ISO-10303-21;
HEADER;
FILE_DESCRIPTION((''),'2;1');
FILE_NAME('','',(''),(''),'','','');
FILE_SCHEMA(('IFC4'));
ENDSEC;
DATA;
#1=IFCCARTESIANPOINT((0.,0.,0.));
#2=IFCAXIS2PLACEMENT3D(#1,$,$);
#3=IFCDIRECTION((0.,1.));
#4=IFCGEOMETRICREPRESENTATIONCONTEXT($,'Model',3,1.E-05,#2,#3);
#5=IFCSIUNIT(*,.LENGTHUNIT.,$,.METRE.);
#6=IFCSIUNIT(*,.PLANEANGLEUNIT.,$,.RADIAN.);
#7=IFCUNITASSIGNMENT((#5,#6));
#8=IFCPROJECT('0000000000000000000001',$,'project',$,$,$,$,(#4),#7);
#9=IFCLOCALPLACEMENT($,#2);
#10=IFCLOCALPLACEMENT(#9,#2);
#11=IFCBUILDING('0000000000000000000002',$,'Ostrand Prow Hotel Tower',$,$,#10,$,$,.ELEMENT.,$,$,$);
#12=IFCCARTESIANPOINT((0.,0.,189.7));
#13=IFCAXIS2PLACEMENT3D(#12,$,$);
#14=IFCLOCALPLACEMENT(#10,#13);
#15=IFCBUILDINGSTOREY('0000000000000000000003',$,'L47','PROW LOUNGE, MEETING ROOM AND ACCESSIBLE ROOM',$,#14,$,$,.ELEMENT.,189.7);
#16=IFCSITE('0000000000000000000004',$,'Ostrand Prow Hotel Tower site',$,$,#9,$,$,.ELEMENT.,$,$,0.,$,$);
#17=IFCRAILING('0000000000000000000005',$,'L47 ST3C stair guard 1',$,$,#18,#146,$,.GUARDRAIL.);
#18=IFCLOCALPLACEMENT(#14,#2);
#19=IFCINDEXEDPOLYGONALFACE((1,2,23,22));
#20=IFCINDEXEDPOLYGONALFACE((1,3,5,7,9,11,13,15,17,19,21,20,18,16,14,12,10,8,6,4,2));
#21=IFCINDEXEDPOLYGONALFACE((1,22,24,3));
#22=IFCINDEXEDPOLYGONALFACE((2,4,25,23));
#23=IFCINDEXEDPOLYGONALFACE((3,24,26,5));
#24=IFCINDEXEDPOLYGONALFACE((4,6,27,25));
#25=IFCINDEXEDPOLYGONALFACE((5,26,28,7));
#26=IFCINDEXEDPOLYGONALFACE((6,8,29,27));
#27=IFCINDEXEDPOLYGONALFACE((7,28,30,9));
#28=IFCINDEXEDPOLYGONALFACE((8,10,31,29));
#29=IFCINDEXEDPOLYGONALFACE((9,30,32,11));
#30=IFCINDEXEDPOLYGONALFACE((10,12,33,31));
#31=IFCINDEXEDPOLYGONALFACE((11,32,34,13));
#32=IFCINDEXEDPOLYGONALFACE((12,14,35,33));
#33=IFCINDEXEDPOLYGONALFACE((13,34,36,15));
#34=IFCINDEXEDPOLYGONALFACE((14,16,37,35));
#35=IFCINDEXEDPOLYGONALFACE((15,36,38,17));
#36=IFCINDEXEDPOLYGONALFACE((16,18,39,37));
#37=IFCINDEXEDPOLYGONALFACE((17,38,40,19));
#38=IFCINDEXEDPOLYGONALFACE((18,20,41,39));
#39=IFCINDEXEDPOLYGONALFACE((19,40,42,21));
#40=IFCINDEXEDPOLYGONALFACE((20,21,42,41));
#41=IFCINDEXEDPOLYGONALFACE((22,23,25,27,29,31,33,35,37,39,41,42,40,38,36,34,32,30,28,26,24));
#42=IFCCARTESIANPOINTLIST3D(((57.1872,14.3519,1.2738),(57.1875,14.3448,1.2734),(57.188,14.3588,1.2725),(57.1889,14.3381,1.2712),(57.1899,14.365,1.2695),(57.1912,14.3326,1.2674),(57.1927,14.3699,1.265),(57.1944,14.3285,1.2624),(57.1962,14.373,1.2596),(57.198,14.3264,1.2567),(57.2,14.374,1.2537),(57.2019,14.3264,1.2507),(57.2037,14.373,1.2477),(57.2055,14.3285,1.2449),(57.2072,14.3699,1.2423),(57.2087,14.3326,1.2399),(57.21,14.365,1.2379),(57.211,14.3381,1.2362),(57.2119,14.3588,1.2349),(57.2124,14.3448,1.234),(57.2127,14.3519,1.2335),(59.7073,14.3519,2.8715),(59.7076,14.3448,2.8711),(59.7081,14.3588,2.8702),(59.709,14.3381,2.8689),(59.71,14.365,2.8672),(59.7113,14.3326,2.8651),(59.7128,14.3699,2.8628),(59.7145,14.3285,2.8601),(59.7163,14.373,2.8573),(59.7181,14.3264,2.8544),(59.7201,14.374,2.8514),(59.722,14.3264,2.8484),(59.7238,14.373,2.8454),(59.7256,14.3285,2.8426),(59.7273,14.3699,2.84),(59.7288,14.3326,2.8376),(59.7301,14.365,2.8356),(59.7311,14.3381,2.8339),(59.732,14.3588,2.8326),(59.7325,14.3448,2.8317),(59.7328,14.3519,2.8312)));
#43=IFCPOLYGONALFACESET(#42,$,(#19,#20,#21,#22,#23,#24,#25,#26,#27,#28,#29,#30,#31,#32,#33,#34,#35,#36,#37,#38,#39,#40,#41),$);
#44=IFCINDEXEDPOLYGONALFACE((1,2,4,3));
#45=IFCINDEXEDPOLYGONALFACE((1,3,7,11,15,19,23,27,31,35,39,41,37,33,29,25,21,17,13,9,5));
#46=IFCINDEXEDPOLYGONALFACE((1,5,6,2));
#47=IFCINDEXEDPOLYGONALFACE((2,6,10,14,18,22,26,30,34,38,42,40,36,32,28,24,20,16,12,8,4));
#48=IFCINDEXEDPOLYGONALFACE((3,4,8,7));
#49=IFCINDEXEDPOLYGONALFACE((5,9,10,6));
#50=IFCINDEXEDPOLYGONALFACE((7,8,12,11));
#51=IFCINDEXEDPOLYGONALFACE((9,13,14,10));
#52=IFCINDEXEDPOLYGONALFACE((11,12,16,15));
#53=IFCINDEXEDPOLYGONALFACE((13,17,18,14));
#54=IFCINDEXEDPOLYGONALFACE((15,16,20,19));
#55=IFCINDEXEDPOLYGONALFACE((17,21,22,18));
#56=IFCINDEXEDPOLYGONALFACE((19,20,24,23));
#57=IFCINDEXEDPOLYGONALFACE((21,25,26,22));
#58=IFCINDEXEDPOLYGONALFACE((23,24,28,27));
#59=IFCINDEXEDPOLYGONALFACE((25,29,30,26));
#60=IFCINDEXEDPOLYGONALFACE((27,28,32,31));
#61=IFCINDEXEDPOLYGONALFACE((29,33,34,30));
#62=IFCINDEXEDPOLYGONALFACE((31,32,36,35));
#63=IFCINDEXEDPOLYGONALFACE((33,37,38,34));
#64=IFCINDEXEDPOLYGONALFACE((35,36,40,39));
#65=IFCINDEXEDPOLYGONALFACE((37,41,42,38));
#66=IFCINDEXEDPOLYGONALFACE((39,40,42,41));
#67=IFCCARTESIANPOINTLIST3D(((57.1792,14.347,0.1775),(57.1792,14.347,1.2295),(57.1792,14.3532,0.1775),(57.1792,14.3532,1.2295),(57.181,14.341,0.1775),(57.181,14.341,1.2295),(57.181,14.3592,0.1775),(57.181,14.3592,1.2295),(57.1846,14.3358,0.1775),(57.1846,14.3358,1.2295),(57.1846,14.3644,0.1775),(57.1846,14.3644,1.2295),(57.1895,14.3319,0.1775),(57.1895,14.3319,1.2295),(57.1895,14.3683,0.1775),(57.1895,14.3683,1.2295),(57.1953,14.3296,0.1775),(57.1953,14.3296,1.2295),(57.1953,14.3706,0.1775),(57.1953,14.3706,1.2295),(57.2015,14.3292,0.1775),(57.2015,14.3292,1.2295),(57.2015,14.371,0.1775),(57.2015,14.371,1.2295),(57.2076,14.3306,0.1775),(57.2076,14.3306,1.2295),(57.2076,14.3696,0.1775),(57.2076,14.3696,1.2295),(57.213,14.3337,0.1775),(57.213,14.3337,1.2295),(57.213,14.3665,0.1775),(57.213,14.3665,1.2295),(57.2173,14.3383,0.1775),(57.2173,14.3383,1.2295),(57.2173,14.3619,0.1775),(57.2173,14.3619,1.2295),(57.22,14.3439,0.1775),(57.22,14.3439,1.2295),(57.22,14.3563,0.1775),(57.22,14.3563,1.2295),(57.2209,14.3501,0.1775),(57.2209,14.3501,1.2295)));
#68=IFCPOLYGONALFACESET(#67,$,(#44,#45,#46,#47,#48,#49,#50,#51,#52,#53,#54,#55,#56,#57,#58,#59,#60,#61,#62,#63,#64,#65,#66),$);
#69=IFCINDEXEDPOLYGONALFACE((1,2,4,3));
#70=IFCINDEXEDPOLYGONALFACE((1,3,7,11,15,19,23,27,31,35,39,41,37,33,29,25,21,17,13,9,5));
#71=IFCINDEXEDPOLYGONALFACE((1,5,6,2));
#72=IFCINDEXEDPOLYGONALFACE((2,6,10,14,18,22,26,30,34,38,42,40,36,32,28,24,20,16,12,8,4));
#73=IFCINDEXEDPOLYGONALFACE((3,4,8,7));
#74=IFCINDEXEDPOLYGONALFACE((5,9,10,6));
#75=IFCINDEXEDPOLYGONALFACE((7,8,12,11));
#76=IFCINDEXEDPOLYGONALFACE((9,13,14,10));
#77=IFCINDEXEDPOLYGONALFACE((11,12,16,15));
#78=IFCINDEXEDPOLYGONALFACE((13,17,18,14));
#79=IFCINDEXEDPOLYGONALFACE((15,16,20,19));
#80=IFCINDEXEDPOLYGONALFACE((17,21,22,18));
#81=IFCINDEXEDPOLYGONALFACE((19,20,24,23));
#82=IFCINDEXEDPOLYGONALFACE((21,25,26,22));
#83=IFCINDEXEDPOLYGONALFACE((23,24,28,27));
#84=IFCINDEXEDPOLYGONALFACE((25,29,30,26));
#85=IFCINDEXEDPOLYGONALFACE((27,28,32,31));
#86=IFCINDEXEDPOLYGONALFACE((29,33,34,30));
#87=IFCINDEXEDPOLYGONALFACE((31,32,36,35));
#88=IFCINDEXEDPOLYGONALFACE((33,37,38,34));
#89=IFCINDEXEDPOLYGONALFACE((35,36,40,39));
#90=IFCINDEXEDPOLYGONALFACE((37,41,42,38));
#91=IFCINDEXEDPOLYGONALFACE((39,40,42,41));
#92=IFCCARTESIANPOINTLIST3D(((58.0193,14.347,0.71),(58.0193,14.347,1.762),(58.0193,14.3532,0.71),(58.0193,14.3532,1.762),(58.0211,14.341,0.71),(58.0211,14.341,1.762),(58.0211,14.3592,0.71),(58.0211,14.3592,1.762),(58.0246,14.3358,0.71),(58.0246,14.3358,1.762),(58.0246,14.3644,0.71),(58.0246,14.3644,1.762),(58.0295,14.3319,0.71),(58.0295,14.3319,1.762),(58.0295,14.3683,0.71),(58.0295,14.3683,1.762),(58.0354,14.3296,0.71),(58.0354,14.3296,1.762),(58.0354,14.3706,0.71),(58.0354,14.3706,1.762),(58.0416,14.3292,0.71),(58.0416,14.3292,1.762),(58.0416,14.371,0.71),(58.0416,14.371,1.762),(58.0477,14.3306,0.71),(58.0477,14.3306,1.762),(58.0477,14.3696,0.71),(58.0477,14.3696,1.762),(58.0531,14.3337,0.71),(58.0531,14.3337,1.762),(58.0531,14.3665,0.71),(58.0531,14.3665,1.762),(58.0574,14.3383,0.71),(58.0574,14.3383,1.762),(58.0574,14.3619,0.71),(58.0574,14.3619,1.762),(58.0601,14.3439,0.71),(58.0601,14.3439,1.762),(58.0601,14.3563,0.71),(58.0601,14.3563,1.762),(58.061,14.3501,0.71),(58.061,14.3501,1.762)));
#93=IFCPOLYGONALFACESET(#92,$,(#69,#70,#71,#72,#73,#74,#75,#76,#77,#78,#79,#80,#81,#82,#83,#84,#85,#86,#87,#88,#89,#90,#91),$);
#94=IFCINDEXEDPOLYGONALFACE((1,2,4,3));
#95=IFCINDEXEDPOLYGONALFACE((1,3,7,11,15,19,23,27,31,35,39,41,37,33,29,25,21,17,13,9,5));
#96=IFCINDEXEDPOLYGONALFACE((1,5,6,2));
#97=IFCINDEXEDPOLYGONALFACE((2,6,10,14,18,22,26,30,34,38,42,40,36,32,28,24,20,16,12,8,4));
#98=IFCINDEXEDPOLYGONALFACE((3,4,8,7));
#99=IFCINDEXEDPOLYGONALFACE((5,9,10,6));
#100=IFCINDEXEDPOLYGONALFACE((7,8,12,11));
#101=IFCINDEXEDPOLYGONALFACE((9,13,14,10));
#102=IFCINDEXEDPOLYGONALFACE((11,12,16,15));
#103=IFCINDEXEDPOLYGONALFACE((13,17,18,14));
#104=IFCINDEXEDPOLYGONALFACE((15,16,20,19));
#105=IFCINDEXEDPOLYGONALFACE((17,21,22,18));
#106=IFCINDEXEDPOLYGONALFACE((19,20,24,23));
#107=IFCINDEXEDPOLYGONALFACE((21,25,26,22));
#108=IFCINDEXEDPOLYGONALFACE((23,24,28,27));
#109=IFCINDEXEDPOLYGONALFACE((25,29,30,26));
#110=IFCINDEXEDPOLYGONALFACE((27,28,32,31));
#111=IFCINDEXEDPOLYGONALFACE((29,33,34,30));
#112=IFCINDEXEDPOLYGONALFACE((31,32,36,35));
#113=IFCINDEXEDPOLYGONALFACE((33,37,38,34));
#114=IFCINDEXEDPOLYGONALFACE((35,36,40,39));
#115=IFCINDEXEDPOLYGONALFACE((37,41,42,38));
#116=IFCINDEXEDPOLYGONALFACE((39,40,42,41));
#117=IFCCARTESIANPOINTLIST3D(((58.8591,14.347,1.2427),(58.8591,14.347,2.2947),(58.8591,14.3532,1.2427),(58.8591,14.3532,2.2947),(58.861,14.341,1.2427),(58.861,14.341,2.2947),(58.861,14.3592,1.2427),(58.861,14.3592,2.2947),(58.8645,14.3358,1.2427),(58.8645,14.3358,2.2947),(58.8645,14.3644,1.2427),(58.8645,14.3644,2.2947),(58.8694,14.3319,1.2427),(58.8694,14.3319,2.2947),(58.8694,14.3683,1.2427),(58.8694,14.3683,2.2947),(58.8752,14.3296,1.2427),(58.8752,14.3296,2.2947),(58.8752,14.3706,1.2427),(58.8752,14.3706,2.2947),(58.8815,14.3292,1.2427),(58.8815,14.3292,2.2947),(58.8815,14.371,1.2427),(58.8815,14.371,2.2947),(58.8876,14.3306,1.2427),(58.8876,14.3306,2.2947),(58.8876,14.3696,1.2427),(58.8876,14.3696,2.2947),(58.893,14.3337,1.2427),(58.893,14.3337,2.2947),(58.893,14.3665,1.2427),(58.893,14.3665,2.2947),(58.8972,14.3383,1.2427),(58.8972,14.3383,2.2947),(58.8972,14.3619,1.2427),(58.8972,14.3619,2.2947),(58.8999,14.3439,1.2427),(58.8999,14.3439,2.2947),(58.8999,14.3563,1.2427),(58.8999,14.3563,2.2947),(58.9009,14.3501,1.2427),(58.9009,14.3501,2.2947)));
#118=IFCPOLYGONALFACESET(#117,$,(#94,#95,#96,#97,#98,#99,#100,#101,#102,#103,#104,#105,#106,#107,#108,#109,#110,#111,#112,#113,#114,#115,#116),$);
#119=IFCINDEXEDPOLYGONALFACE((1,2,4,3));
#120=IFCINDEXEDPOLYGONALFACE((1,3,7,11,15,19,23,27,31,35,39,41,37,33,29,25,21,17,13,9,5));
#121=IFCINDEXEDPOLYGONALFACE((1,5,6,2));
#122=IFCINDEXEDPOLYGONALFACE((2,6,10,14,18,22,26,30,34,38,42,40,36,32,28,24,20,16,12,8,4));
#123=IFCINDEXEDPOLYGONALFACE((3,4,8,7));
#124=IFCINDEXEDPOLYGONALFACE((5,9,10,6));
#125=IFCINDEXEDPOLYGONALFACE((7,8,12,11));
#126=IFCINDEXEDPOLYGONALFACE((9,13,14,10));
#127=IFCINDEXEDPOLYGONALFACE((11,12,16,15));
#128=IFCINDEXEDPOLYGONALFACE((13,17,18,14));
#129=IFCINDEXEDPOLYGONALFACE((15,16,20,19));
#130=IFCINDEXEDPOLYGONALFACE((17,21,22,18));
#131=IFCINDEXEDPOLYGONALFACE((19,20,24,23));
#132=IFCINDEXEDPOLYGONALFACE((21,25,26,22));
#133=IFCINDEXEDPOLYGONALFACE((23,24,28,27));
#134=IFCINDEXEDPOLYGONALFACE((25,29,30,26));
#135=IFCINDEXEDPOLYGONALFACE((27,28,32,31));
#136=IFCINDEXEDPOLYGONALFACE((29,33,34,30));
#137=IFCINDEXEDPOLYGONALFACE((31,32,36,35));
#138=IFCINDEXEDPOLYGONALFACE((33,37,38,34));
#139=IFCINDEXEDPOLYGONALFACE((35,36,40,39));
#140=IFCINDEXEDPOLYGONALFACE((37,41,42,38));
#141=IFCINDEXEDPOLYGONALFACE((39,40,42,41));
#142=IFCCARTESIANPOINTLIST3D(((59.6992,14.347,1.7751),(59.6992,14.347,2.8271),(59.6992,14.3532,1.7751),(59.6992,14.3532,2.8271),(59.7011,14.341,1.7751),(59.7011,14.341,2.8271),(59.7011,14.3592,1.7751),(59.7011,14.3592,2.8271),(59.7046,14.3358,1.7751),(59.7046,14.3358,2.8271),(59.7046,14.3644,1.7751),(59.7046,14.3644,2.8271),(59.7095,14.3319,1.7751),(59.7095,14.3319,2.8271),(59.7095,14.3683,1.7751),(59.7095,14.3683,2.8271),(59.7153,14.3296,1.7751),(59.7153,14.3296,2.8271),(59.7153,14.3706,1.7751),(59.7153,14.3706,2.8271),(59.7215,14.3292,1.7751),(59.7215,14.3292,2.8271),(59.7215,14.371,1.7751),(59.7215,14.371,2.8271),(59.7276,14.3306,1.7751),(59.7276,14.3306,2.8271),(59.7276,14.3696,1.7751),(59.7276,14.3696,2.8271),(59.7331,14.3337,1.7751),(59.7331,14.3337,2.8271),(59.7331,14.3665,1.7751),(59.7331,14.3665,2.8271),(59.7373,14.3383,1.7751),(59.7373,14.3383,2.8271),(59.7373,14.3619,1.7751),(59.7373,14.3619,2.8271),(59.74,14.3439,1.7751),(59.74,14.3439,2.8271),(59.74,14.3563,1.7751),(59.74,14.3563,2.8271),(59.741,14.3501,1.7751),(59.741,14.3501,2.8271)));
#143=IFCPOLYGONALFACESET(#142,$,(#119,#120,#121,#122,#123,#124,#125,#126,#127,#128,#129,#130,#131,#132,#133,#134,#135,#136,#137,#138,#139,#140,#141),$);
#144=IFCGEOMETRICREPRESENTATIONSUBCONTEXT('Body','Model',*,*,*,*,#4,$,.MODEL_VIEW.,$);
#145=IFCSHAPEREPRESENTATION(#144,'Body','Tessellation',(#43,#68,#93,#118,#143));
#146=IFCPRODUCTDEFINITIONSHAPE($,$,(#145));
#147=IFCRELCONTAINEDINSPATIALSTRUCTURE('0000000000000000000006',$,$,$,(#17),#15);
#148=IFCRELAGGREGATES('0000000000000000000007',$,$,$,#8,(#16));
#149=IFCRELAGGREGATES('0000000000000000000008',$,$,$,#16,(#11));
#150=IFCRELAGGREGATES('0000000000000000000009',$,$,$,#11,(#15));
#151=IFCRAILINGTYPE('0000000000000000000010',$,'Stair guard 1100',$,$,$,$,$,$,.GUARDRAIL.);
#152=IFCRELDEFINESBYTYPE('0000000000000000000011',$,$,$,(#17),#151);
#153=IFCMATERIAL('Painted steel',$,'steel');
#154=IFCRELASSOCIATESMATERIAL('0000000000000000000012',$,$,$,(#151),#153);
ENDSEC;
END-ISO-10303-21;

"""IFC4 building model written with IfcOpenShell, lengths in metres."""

from ifc_helpers import new_model, si_unit, direction, frame, origin, origin_2d, place, context, subcontext, project, spatial, circle, extrude, material, type_object, element, save


model = new_model("IFC4")

# Units and contexts
model_context = context("Model", 3, precision=1e-05, world=origin(), true_north=direction((0.0, 1.0)))
body_context = subcontext(model_context, "Body", "Model", "MODEL_VIEW")
ifc_project = project(units=[si_unit("LENGTHUNIT", "METRE"), si_unit("PLANEANGLEUNIT", "RADIAN")], contexts=[model_context])

# Site, building, storey
site_placement = place(None, origin())
site = spatial("IfcSite", under=ifc_project, at=site_placement, Name="Ostrand Prow Hotel Tower site", CompositionType="ELEMENT", RefElevation=0.0)
building_placement = place(site_placement, origin())
building = spatial("IfcBuilding", under=site, at=building_placement, Name="Ostrand Prow Hotel Tower", CompositionType="ELEMENT")
storey_placement = place(building_placement, frame((0.0, 0.0, 189.7)))
storey = spatial("IfcBuildingStorey", under=building, at=storey_placement, Name="L47", Description="PROW LOUNGE, MEETING ROOM AND ACCESSIBLE ROOM", CompositionType="ELEMENT", Elevation=189.7)

# Railing
ifc_material_1 = material(Name="Painted steel", Category="steel")
railing_type_1 = type_object("IfcRailingType", Name="Stair guard 1100", PredefinedType="GUARDRAIL", material=ifc_material_1)
railing_1_placement = place(storey_placement, frame((57.2, 14.3501, 0.1775)))
element("IfcRailing", 1, at=railing_1_placement, inside=storey, type_object=railing_type_1, Name="L47 ST3C stair guard 1", PredefinedType="GUARDRAIL", context=body_context, shape_type="SweptSolid", body=[
    extrude(circle(Radius=0.0239, at=origin_2d()), frame((0.0, 0.0, 1.0762), z_axis=(0.84457, 0.0, 0.535445), x_axis=(0.0, 1.0, 0.0)), (0.0, 0.0, 1.0), 2.9839),
    extrude(circle(Radius=0.021, at=origin_2d()), origin(), (0.0, 0.0, 1.0), 1.052),
    extrude(circle(Radius=0.021, at=origin_2d()), frame((0.8401, 0.0, 0.5325)), (0.0, 0.0, 1.0), 1.052),
    extrude(circle(Radius=0.021, at=origin_2d()), frame((1.6799, 0.0, 1.0652)), (0.0, 0.0, 1.0), 1.052),
    extrude(circle(Radius=0.021, at=origin_2d()), frame((2.52, 0.0, 1.5977)), (0.0, 0.0, 1.0), 1.052),
])

save(model, "model.ifc")
